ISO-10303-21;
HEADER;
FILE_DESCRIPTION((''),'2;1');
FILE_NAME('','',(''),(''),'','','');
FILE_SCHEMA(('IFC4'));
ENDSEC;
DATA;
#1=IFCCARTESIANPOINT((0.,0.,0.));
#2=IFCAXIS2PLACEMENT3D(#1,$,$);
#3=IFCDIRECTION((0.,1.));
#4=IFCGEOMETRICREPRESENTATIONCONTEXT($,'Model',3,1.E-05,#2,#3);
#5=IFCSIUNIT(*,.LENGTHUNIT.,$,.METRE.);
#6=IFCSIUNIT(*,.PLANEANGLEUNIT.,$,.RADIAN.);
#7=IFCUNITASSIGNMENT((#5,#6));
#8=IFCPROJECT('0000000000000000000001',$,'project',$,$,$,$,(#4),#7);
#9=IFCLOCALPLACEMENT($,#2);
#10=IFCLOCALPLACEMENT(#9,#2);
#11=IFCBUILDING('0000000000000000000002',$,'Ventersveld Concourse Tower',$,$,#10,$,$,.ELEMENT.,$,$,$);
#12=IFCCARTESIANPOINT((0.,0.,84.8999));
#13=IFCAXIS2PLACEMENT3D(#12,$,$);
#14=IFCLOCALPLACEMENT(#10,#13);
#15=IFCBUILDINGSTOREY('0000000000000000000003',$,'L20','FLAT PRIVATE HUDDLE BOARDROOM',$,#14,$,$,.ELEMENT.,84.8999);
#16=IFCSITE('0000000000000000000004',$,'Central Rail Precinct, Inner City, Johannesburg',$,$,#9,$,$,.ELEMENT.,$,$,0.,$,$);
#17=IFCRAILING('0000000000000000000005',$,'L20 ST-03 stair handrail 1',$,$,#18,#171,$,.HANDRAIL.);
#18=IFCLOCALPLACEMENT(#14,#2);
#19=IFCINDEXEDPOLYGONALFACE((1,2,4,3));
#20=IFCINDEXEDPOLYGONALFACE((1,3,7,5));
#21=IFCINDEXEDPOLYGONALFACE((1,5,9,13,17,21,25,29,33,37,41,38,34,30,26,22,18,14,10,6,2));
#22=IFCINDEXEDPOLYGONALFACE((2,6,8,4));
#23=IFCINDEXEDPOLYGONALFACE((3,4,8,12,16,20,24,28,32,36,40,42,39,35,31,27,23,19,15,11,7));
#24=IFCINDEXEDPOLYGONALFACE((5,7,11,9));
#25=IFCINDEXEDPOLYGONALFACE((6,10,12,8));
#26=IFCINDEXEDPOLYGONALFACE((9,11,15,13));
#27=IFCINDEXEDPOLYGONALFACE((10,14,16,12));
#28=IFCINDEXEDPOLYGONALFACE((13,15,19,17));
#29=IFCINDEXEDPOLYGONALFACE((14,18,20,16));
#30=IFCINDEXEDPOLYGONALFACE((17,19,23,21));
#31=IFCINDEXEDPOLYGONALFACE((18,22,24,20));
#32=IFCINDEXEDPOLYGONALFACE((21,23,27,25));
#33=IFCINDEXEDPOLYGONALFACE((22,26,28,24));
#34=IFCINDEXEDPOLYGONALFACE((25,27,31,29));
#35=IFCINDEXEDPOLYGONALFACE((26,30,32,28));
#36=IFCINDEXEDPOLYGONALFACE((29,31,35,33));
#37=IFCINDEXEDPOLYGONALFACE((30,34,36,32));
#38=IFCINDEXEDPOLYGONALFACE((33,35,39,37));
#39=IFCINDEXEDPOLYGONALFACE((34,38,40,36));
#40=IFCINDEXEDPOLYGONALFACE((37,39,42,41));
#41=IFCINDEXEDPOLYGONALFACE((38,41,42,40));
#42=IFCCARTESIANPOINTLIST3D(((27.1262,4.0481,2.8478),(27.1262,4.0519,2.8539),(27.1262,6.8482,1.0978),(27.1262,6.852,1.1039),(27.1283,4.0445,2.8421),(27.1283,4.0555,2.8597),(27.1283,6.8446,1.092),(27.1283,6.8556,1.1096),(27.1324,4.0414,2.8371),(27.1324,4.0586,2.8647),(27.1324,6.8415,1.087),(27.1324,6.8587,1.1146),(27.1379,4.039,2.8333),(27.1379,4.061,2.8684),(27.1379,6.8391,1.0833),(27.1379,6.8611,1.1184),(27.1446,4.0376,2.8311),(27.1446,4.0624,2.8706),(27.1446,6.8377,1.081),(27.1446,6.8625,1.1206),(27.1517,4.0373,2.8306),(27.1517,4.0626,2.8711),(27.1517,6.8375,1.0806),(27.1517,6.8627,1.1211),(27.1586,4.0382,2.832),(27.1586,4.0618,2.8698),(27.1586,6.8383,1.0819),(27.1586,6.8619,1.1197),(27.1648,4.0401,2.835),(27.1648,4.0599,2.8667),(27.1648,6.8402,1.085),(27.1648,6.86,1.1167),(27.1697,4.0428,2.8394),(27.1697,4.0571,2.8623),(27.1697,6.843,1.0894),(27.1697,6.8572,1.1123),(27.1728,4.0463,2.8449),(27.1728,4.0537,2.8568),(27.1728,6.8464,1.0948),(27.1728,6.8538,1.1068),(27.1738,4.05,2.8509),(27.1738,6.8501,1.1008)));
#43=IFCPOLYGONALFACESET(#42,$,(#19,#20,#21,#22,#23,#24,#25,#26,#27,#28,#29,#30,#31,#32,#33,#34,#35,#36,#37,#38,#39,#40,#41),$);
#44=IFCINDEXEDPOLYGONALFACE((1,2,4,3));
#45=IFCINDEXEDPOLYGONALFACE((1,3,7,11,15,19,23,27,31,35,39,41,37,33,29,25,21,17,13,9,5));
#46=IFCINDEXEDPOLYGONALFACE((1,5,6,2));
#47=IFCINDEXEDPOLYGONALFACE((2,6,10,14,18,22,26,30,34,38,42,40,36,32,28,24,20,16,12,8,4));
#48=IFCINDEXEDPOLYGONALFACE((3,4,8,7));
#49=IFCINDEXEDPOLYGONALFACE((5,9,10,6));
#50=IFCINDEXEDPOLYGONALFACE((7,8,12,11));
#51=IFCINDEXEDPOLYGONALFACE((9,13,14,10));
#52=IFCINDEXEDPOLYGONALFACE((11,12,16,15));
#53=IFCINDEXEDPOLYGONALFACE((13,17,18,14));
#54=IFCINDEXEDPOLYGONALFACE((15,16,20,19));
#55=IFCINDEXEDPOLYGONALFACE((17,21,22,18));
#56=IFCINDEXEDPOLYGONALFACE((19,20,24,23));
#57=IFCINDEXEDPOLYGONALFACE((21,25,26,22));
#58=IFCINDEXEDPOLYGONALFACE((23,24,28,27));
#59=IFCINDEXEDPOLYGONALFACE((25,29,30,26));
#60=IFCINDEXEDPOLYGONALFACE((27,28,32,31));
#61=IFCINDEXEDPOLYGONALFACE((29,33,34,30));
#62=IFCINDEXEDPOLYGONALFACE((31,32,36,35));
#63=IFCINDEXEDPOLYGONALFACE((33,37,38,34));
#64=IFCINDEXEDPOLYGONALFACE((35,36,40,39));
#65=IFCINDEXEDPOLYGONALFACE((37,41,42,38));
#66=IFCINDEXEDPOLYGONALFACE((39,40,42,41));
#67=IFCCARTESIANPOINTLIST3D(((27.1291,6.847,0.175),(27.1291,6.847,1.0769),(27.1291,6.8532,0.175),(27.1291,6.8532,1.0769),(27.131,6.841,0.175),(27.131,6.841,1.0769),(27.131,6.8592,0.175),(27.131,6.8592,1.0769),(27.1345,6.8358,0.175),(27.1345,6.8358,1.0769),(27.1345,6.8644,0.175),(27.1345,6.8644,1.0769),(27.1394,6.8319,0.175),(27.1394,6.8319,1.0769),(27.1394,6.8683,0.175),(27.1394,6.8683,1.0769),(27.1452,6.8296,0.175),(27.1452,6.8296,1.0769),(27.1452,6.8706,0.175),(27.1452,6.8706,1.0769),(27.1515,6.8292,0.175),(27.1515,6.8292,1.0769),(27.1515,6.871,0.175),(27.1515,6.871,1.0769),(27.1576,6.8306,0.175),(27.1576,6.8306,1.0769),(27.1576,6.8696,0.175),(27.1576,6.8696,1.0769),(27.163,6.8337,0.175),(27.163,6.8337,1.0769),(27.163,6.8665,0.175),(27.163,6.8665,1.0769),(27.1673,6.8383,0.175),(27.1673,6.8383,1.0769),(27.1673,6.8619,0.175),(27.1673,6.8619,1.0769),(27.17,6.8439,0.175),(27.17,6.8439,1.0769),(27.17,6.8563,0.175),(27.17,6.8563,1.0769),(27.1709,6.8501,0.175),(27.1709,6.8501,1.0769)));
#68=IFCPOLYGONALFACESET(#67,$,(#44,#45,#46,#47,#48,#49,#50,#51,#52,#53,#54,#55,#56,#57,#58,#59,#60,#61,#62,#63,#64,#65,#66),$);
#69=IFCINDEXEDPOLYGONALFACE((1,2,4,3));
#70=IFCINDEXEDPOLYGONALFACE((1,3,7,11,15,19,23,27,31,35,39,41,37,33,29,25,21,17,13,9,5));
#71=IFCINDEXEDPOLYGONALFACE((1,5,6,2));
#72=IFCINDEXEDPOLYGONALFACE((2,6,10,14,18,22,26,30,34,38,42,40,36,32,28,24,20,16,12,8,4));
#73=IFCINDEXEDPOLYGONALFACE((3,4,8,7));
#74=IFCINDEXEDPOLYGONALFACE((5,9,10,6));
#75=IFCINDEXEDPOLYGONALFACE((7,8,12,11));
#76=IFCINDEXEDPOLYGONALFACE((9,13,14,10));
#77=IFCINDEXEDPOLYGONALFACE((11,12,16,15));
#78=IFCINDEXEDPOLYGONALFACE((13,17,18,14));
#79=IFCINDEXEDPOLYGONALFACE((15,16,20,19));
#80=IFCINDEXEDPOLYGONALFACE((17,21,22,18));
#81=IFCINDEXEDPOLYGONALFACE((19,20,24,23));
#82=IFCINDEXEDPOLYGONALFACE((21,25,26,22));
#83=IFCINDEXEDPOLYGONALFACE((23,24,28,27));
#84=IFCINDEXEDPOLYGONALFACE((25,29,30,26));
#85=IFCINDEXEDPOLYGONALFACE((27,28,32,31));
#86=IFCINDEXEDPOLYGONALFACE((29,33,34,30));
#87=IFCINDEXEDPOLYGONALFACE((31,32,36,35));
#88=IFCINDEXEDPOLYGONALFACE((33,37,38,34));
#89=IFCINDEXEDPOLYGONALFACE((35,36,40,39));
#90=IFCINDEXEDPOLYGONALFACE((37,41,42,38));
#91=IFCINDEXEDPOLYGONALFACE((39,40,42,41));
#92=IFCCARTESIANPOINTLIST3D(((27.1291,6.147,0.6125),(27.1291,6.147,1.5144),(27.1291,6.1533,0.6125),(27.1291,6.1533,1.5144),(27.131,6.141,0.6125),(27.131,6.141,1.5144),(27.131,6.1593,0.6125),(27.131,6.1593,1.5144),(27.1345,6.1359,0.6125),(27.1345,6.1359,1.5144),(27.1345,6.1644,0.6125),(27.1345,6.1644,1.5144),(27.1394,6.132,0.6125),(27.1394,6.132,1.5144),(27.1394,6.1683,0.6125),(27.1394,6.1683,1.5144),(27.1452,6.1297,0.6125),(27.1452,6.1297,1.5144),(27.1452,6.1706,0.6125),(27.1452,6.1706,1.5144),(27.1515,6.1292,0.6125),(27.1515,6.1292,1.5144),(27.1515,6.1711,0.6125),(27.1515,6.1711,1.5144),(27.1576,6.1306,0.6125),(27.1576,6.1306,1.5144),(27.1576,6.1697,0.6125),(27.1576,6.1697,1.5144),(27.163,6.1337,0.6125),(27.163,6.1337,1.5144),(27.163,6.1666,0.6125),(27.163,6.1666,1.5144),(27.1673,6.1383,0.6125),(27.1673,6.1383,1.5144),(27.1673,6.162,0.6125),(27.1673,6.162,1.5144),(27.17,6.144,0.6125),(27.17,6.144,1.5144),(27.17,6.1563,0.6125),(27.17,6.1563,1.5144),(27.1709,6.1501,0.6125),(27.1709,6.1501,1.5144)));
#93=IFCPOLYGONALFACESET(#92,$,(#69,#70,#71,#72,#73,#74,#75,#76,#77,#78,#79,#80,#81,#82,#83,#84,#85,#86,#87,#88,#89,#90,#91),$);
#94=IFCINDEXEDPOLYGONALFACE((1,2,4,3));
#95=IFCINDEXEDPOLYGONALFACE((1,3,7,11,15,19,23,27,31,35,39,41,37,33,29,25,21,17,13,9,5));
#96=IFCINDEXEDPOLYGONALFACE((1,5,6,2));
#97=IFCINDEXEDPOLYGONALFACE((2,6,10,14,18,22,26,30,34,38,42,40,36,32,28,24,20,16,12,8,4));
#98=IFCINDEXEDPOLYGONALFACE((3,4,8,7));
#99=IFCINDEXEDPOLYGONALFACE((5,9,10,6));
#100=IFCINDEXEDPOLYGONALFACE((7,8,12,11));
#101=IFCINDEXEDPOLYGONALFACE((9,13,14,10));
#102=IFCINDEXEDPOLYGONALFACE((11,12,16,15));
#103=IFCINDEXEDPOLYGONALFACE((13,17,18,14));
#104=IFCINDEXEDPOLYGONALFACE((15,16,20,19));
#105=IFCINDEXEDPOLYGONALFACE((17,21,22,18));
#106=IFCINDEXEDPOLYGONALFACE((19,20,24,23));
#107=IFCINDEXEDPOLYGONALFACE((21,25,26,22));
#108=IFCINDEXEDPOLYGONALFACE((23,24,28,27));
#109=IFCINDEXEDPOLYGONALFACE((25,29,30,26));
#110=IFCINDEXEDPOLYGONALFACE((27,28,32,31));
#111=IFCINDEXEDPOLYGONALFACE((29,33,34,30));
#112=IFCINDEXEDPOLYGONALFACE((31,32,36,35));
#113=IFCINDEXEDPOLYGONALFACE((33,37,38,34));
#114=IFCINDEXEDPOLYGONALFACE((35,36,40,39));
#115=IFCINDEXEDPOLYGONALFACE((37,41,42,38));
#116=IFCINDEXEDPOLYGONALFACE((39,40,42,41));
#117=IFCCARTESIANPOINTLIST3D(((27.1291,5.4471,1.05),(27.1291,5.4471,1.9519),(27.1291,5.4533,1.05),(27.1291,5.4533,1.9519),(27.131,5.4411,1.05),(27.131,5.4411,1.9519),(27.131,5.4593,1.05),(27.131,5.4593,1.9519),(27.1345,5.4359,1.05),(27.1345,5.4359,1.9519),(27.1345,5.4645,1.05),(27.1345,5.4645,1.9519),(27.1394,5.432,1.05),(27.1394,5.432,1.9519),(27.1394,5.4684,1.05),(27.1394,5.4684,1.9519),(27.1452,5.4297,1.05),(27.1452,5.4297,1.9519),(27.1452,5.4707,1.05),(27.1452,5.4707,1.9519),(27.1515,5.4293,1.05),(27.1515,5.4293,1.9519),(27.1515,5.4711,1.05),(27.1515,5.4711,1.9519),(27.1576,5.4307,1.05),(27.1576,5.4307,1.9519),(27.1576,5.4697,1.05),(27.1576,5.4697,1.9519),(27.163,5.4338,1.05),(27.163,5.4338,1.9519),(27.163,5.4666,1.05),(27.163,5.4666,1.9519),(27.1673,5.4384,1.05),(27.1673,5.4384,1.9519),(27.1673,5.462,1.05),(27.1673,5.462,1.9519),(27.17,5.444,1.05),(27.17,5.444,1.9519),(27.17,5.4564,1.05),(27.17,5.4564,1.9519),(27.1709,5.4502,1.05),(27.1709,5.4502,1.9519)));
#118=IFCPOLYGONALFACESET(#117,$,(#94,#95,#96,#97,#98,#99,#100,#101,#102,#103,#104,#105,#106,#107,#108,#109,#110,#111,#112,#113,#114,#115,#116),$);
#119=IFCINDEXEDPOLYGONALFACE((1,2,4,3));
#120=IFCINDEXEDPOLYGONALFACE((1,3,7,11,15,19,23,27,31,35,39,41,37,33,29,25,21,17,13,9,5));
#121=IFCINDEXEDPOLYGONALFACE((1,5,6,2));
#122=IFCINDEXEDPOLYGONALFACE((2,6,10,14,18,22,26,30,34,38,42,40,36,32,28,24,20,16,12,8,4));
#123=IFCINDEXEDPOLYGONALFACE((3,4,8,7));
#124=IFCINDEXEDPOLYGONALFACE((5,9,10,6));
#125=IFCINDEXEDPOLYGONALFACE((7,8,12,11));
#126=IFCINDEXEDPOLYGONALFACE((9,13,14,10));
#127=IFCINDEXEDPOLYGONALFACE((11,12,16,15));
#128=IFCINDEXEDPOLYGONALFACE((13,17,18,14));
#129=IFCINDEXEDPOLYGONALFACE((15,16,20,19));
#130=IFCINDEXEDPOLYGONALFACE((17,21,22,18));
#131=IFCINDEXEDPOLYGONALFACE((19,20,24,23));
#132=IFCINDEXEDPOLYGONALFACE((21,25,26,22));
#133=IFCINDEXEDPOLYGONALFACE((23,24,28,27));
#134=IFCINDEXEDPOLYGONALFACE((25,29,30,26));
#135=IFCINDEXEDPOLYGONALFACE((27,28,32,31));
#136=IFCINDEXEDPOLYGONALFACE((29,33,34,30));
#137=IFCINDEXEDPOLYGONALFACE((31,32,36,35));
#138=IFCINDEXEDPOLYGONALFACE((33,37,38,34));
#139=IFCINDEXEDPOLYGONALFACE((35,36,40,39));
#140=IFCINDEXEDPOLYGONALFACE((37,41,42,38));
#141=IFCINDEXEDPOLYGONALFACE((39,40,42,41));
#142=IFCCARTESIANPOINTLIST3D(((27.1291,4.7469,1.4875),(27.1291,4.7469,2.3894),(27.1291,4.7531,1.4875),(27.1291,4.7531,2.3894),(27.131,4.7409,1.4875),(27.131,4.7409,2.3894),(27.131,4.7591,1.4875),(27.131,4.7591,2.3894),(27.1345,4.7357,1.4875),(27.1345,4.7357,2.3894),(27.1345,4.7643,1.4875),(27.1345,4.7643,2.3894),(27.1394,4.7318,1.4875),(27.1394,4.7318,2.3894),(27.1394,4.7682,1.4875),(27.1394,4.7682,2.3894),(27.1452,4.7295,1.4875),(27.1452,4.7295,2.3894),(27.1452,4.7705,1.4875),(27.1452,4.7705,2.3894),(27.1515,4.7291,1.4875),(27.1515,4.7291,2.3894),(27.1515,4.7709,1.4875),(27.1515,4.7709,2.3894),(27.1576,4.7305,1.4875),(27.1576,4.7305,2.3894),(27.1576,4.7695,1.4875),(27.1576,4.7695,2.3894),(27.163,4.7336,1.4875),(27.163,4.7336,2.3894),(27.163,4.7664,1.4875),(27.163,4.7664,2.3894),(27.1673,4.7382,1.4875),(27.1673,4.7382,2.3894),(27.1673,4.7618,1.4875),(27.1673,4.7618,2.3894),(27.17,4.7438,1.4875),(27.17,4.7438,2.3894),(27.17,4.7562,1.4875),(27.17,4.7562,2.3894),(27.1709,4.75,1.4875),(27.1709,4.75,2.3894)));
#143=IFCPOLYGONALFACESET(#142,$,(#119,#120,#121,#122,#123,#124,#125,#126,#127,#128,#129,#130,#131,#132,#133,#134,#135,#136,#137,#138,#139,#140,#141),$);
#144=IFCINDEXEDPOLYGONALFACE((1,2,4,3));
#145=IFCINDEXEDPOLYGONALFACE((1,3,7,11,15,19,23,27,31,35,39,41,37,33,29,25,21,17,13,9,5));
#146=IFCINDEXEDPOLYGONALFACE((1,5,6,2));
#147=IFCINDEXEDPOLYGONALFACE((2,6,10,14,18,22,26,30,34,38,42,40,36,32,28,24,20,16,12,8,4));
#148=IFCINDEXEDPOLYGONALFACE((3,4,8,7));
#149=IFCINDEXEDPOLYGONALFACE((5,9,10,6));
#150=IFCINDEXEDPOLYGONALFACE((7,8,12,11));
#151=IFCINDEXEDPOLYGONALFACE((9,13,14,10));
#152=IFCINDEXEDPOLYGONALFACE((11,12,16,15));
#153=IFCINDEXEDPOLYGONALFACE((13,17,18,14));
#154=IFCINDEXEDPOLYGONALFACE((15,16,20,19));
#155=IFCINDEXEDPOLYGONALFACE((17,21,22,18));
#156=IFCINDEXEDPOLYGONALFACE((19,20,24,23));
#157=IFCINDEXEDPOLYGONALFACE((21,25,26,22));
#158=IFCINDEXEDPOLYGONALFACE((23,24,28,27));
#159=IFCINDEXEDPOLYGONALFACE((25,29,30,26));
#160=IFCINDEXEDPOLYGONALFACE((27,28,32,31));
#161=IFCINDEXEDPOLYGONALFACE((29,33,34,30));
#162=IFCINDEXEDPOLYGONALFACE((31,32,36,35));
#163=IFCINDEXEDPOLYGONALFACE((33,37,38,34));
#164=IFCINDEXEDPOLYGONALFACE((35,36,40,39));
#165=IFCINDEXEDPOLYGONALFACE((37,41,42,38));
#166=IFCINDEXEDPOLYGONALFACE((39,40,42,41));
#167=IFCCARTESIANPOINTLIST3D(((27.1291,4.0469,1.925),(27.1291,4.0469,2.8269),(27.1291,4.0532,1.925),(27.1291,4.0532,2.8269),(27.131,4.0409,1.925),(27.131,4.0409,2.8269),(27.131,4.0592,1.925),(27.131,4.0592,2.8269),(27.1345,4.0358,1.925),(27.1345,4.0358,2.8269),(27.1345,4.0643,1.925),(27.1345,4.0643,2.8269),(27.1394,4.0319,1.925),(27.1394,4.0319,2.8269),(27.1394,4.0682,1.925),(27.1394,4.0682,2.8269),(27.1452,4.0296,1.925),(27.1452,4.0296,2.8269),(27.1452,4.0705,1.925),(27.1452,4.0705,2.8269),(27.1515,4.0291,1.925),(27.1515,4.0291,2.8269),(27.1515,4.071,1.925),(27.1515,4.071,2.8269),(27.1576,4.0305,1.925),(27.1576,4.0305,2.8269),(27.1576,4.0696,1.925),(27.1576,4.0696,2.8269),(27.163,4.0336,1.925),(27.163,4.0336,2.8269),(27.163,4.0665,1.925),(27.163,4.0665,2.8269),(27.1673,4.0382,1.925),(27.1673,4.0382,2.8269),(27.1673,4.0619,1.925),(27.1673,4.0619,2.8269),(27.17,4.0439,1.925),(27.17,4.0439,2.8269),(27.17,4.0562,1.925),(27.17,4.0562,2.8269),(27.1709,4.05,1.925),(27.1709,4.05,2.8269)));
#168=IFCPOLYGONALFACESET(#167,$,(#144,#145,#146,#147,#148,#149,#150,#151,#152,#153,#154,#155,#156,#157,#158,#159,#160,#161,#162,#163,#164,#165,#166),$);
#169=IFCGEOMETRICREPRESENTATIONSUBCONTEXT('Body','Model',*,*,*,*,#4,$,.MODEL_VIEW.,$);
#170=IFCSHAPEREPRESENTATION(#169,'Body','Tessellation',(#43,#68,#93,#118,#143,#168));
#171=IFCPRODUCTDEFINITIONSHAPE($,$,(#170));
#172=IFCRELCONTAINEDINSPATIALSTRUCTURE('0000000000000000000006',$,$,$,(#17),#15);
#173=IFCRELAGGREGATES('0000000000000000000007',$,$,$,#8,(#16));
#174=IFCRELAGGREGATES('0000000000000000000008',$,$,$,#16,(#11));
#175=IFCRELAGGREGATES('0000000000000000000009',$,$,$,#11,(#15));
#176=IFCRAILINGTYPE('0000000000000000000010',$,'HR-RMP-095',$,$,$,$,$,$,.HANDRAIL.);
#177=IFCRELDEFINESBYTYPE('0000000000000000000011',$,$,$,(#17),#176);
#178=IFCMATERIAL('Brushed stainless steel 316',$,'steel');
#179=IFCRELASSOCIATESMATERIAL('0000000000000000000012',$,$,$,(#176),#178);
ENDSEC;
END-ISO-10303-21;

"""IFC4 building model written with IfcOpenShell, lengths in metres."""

from ifc_helpers import new_model, si_unit, direction, frame, origin, origin_2d, place, context, subcontext, project, spatial, circle, extrude, material, type_object, element, save


model = new_model("IFC4")

# Units and contexts
model_context = context("Model", 3, precision=1e-05, world=origin(), true_north=direction((0.0, 1.0)))
body_context = subcontext(model_context, "Body", "Model", "MODEL_VIEW")
ifc_project = project(units=[si_unit("LENGTHUNIT", "METRE"), si_unit("PLANEANGLEUNIT", "RADIAN")], contexts=[model_context])

# Site, building, storey
site_placement = place(None, origin())
site = spatial("IfcSite", under=ifc_project, at=site_placement, Name="Central Rail Precinct, Inner City, Johannesburg", CompositionType="ELEMENT", RefElevation=0.0)
building_placement = place(site_placement, origin())
building = spatial("IfcBuilding", under=site, at=building_placement, Name="Ventersveld Concourse Tower", CompositionType="ELEMENT")
storey_placement = place(building_placement, frame((0.0, 0.0, 84.8999)))
storey = spatial("IfcBuildingStorey", under=building, at=storey_placement, Name="L20", Description="FLAT PRIVATE HUDDLE BOARDROOM", CompositionType="ELEMENT", Elevation=84.8999)

# Shared definitions
ifc_material_1 = material(Name="Brushed stainless steel 316", Category="steel")

# Railing
railing_type_1 = type_object("IfcRailingType", Name="HR-RMP-095", PredefinedType="HANDRAIL", material=ifc_material_1)
railing_1_placement = place(storey_placement, frame((27.1499, 6.8501, 0.175)))
element("IfcRailing", 1, at=railing_1_placement, inside=storey, type_object=railing_type_1, Name="L20 ST-03 stair handrail 1", PredefinedType="HANDRAIL", context=body_context, shape_type="SweptSolid", body=[
    extrude(circle(Radius=0.0239, at=origin_2d()), frame((0.0, 0.0, 0.9258), z_axis=(0.0, -0.848002, 0.529992), x_axis=(1.0, 0.0, 0.0)), (0.0, 0.0, 1.0), 3.302),
    extrude(circle(Radius=0.021, at=origin_2d()), origin(), (0.0, 0.0, 1.0), 0.9019),
    extrude(circle(Radius=0.021, at=origin_2d()), frame((0.0, -0.7, 0.4375)), (0.0, 0.0, 1.0), 0.9019),
    extrude(circle(Radius=0.021, at=origin_2d()), frame((0.0, -1.3999, 0.875)), (0.0, 0.0, 1.0), 0.9019),
    extrude(circle(Radius=0.021, at=origin_2d()), frame((0.0, -2.1001, 1.3125)), (0.0, 0.0, 1.0), 0.9019),
    extrude(circle(Radius=0.021, at=origin_2d()), frame((0.0, -2.8, 1.75)), (0.0, 0.0, 1.0), 0.9019),
])

save(model, "model.ifc")
